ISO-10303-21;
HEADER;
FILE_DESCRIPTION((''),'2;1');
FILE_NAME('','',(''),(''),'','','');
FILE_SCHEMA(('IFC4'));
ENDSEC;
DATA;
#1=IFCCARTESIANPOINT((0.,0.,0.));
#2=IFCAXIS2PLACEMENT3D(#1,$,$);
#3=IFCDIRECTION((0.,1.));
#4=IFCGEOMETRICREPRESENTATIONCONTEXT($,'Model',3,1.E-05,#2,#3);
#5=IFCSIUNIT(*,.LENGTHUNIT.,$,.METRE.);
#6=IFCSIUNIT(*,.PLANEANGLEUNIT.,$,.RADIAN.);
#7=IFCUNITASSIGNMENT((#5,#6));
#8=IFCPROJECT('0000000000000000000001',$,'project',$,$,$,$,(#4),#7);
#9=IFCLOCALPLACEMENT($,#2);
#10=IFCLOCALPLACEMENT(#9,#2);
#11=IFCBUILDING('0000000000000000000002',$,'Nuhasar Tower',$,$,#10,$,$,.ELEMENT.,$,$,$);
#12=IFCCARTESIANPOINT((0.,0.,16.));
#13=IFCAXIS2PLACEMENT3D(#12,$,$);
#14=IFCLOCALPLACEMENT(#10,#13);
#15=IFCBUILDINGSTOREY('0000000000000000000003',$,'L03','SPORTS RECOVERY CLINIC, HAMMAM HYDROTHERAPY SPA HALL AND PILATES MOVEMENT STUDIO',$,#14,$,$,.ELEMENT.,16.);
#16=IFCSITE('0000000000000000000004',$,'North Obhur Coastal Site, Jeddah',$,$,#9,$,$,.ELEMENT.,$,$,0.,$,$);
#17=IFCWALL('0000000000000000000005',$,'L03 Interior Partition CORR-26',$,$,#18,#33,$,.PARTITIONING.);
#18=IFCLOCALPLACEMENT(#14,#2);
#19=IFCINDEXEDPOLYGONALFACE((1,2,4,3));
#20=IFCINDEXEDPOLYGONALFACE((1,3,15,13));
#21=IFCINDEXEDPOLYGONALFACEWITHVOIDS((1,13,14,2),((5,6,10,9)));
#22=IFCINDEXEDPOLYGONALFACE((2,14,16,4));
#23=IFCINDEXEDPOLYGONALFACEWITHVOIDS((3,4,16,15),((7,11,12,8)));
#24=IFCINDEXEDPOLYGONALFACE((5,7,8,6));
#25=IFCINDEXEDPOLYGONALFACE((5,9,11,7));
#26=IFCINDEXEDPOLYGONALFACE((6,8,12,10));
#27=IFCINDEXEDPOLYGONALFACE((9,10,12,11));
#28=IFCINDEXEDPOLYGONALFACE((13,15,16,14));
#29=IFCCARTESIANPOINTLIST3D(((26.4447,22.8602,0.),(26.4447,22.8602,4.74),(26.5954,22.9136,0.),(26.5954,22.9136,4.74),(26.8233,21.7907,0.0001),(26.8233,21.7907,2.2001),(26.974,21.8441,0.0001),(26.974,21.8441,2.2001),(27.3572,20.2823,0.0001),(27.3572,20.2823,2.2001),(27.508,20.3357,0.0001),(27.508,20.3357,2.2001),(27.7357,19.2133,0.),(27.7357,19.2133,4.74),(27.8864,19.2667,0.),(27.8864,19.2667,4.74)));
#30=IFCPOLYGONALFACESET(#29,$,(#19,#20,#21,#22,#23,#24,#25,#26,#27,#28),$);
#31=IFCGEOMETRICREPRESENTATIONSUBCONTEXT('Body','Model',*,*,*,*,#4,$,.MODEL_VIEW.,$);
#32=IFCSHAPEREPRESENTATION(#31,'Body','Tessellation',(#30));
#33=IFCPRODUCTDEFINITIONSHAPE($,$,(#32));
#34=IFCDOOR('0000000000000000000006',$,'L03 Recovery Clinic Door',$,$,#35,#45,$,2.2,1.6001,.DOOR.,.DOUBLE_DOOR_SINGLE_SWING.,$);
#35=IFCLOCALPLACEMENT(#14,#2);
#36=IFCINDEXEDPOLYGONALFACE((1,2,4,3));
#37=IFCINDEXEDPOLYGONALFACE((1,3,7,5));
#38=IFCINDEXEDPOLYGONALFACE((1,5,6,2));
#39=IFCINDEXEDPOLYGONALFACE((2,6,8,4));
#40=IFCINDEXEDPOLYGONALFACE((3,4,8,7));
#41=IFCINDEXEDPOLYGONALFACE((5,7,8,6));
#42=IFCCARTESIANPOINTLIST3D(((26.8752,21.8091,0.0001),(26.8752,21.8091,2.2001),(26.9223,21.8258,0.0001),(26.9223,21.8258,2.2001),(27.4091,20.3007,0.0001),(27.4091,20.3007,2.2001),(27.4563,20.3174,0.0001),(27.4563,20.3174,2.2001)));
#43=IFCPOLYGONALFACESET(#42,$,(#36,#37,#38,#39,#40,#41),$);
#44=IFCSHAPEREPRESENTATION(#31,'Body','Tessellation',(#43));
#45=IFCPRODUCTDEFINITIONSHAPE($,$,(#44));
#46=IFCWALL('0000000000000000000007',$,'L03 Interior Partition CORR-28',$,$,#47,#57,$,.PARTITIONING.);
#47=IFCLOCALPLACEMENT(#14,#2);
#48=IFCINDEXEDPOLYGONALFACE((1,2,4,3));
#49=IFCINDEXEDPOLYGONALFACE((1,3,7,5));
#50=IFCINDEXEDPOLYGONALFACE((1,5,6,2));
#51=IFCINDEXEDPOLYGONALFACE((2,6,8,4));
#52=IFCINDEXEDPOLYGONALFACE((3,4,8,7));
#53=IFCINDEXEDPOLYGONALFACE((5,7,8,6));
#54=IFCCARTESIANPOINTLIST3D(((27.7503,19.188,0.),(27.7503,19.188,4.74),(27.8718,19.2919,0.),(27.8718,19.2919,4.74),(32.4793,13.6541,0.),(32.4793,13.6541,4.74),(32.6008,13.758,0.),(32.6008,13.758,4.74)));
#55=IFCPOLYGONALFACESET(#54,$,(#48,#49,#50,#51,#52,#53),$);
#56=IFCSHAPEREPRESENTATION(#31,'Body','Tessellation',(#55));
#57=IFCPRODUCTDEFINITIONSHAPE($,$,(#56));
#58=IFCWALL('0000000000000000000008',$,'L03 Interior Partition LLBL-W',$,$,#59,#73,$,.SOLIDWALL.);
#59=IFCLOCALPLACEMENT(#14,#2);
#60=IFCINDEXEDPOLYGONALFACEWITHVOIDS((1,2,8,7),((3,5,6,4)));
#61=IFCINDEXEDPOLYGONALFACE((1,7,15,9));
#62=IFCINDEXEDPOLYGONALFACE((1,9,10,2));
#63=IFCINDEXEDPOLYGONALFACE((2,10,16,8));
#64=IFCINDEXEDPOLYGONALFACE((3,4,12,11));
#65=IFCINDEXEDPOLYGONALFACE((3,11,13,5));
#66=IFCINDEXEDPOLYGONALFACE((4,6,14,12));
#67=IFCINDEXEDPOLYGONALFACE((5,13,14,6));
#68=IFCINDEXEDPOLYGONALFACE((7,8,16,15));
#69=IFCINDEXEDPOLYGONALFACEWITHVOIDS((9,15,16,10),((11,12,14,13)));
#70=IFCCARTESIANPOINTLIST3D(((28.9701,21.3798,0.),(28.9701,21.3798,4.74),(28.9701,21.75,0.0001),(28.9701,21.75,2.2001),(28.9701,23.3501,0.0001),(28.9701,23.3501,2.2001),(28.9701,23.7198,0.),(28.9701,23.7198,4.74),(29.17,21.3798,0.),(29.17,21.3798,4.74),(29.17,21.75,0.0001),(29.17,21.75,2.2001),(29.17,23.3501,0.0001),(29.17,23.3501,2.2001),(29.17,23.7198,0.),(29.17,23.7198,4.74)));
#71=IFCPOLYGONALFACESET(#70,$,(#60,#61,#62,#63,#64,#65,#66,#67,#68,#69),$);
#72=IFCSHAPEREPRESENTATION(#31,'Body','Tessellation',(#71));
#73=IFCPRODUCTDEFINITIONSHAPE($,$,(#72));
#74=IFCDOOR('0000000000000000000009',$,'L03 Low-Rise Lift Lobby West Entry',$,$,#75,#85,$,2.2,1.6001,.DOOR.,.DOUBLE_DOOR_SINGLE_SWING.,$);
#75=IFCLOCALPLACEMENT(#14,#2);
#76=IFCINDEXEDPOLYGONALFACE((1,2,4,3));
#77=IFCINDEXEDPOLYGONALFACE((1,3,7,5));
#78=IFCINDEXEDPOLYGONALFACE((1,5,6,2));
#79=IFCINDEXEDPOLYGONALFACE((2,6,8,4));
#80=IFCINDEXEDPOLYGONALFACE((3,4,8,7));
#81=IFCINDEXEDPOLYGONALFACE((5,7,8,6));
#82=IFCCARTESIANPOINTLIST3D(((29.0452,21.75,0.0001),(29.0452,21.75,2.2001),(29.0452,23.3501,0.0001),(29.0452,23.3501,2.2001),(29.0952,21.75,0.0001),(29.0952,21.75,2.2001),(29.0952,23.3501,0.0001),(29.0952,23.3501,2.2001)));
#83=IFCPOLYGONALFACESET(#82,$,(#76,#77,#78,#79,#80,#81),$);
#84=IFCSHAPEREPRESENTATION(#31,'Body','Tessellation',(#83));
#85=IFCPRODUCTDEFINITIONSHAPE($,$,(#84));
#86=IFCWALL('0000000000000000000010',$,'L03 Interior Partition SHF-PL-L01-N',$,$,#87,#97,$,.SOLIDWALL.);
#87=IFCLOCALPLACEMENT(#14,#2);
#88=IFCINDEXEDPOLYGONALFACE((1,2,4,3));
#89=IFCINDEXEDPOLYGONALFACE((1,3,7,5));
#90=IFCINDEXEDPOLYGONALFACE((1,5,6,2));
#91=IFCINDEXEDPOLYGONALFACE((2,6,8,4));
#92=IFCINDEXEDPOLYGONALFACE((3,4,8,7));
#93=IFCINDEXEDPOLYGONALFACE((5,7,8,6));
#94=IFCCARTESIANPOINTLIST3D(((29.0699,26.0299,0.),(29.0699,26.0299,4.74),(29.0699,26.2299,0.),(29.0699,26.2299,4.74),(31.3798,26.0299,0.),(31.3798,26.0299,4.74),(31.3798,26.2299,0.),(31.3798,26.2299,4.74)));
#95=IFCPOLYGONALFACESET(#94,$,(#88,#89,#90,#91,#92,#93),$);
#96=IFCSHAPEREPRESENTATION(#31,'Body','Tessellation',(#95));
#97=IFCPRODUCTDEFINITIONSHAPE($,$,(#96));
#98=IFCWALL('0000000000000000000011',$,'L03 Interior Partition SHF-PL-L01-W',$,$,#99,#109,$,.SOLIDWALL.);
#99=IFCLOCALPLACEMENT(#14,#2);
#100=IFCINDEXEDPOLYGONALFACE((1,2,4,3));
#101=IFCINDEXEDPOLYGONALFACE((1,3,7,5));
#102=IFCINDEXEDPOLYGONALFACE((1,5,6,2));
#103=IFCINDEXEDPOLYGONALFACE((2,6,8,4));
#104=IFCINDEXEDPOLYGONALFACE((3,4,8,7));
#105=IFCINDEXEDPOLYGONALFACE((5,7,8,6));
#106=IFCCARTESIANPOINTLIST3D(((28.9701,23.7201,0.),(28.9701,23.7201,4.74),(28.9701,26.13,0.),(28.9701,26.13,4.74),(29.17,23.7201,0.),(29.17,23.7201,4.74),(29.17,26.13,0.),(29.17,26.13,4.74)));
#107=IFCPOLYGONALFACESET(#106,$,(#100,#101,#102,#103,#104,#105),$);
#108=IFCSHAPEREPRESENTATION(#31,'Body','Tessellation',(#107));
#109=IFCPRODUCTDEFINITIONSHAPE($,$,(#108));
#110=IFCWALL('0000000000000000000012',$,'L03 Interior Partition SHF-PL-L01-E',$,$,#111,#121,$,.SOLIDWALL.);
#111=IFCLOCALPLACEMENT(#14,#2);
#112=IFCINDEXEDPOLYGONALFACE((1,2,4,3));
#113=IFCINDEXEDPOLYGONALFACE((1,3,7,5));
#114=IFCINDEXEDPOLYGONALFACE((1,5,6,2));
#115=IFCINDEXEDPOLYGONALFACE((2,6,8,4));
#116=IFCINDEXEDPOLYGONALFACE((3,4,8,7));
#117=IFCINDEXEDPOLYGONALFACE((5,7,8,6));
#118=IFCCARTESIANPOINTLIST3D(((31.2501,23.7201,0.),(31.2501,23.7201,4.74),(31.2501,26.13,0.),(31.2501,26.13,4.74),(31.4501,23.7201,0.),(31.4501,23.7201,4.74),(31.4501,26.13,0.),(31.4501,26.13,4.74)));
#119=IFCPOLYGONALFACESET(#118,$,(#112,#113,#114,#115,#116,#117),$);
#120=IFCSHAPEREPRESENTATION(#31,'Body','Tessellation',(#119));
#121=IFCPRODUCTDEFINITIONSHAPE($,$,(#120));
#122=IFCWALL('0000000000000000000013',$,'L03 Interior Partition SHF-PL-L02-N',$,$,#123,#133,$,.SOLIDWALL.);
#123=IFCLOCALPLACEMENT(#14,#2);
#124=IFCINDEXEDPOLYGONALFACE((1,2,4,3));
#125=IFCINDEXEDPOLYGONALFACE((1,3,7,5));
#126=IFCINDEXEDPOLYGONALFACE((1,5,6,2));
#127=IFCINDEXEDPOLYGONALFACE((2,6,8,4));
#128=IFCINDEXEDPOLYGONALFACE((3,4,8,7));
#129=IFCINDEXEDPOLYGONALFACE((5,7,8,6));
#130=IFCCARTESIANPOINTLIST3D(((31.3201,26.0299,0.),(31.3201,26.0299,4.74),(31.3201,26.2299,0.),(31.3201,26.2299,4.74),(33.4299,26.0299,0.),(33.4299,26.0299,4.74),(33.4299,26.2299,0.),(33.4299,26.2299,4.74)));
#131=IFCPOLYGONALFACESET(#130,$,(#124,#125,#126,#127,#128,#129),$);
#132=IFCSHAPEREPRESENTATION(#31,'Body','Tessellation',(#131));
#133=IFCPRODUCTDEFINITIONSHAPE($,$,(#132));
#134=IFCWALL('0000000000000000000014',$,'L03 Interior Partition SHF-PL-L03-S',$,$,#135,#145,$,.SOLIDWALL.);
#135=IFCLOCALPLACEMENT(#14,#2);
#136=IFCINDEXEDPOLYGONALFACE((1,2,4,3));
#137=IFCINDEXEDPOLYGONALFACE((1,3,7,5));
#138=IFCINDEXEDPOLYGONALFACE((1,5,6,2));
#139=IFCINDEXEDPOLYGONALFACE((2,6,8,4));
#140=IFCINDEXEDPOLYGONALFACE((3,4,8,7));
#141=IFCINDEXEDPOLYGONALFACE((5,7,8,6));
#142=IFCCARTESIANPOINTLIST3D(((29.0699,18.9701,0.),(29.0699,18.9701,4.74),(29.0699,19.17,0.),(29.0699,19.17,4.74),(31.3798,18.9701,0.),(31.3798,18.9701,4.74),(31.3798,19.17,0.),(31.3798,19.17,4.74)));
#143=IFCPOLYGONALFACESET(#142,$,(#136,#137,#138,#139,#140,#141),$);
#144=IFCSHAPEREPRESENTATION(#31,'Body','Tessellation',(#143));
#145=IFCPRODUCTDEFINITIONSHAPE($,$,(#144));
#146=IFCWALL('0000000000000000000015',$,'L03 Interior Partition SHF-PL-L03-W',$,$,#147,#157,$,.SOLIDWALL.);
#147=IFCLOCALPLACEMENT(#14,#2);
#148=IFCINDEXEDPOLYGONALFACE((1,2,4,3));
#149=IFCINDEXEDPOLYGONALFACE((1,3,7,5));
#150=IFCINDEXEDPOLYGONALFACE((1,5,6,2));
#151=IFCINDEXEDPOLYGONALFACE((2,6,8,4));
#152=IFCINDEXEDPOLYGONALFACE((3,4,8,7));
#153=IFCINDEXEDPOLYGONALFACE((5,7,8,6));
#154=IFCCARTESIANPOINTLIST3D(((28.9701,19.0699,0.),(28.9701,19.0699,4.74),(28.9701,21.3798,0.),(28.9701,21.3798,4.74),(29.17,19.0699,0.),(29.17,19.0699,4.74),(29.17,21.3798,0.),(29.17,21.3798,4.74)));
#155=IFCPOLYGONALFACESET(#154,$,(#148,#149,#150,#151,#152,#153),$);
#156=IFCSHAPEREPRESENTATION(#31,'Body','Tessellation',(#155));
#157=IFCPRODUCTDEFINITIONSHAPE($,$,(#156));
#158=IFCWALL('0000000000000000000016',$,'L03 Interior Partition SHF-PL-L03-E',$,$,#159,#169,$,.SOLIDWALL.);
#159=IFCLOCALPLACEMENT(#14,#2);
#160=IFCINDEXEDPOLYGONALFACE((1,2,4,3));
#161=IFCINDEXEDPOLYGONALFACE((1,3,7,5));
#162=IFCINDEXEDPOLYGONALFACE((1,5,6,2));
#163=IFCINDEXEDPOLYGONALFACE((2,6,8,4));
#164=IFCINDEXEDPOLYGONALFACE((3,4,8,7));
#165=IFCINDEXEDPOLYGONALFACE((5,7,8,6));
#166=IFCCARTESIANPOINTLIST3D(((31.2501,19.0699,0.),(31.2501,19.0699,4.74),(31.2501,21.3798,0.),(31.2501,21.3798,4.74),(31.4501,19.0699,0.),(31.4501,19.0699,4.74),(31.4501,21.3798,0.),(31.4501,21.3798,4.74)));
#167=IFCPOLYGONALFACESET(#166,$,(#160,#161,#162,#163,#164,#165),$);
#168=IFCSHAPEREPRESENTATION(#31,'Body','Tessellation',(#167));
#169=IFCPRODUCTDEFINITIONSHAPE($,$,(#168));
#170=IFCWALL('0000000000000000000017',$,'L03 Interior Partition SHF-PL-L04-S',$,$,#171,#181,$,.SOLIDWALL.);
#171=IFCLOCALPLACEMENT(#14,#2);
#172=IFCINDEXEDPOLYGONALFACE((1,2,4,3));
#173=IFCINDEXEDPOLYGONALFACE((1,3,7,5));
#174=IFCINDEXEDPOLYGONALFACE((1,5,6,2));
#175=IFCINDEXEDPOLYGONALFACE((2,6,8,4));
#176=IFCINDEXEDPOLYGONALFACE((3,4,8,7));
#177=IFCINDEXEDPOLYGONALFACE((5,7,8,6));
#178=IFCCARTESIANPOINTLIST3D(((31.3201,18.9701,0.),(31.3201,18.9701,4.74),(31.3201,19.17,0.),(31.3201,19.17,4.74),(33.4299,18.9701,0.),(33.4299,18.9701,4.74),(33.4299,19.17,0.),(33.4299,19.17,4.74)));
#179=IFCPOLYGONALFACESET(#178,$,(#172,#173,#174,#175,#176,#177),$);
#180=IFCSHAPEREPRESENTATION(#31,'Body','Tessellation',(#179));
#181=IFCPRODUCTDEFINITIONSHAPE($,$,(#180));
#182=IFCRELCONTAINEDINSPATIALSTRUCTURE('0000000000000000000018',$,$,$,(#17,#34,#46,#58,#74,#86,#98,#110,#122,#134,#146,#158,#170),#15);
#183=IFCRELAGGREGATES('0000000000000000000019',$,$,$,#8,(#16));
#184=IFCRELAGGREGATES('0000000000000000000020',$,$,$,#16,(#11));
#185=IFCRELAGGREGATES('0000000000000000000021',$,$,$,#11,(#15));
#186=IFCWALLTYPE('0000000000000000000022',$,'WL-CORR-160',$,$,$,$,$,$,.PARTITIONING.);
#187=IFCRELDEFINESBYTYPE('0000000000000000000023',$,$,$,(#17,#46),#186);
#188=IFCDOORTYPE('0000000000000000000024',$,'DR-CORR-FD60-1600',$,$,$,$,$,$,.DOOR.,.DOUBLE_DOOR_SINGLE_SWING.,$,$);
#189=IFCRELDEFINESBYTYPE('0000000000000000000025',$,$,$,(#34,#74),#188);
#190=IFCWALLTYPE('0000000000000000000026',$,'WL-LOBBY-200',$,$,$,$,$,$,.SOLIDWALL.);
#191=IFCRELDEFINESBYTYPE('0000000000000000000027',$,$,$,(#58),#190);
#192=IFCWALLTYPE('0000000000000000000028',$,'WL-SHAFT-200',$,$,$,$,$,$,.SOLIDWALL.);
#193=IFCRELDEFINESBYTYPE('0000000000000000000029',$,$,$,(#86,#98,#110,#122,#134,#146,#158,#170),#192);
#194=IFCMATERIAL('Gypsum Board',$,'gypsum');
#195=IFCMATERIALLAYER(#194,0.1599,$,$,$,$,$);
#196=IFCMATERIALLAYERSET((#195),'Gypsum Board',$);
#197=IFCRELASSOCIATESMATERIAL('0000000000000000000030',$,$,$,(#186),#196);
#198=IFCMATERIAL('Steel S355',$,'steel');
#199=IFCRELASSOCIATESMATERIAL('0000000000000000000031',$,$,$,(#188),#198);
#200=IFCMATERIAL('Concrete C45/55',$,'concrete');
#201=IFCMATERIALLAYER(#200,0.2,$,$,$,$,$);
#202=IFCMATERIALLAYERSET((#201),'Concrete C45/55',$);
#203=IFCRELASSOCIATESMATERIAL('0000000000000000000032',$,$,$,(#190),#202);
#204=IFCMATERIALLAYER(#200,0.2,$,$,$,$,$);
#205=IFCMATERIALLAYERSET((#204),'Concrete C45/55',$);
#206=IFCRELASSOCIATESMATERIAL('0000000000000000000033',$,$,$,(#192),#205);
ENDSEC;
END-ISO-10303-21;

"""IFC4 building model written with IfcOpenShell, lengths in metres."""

from ifc_helpers import new_model, si_unit, direction, frame, frame_2d, origin, place, context, subcontext, project, spatial, rectangle, extrude, material, layer, layer_set, type_object, element, fill, save


model = new_model("IFC4")

# Units and contexts
model_context = context("Model", 3, precision=1e-05, world=origin(), true_north=direction((0.0, 1.0)))
body_context = subcontext(model_context, "Body", "Model", "MODEL_VIEW")
ifc_project = project(units=[si_unit("LENGTHUNIT", "METRE"), si_unit("PLANEANGLEUNIT", "RADIAN")], contexts=[model_context])

# Site, building, storey
site_placement = place(None, origin())
site = spatial("IfcSite", under=ifc_project, at=site_placement, Name="North Obhur Coastal Site, Jeddah", CompositionType="ELEMENT", RefElevation=0.0)
building_placement = place(site_placement, origin())
building = spatial("IfcBuilding", under=site, at=building_placement, Name="Nuhasar Tower", CompositionType="ELEMENT")
storey_placement = place(building_placement, frame((0.0, 0.0, 16.0)))
storey = spatial("IfcBuildingStorey", under=building, at=storey_placement, Name="L03", Description="SPORTS RECOVERY CLINIC, HAMMAM HYDROTHERAPY SPA HALL AND PILATES MOVEMENT STUDIO", CompositionType="ELEMENT", Elevation=16.0)

# Wall, opening, door
ifc_material_1 = material(Name="Gypsum Board", Category="gypsum")
ifc_layer_1 = layer(ifc_material_1, 0.1599)
ifc_layer_set_1 = layer_set([ifc_layer_1], Name="Gypsum Board")
wall_type_1 = type_object("IfcWallType", Name="WL-CORR-160", PredefinedType="PARTITIONING", material=ifc_layer_set_1)
wall_1_placement = place(storey_placement, frame((27.811, 19.24, 0.0), z_axis=(0.0, 0.0, 1.0), x_axis=(-0.333705, 0.942678, 0.0)))
wall_1 = element("IfcWall", 1, at=wall_1_placement, inside=storey, type_object=wall_type_1, Name="L03 Interior Partition CORR-26", PredefinedType="PARTITIONING", context=body_context, shape_type="SweptSolid", body=[
    extrude(rectangle(XDim=3.8687, YDim=0.1599, at=frame_2d((1.9343, 0.0))), origin(), (0.0, 0.0, 1.0), 4.74),
])
opening_1_placement = place(wall_1_placement, frame((1.134, 0.0, 0.0)))
opening_1 = element("IfcOpeningElement", 2, at=opening_1_placement, cuts=wall_1, PredefinedType="OPENING", context=body_context, shape_type="SweptSolid", body=[
    extrude(rectangle(XDim=1.6001, YDim=2.2, at=frame_2d((0.8, 1.1001))), frame((0.0, 0.0898, 0.0), z_axis=(0.0, -1.0, 0.0), x_axis=(1.0, 0.0, 0.0)), (0.0, 0.0, 1.0), 0.1799),
])
ifc_material_2 = material(Name="Steel S355", Category="steel")
door_type_1 = type_object("IfcDoorType", Name="DR-CORR-FD60-1600", OperationType="DOUBLE_DOOR_SINGLE_SWING", PredefinedType="DOOR", material=ifc_material_2)
door_1_placement = place(opening_1_placement, origin())
door_1 = element("IfcDoor", 3, at=door_1_placement, inside=storey, type_object=door_type_1, Name="L03 Recovery Clinic Door", OperationType="DOUBLE_DOOR_SINGLE_SWING", OverallHeight=2.2, OverallWidth=1.6001, PredefinedType="DOOR", context=body_context, shape_type="SweptSolid", body=[
    extrude(rectangle(XDim=1.6001, YDim=2.2, at=frame_2d((0.8, 1.1001))), frame((0.0, 0.0249, 0.0), z_axis=(0.0, -1.0, 0.0), x_axis=(1.0, 0.0, 0.0)), (0.0, 0.0, 1.0), 0.05),
])
fill(opening_1, door_1)

# Wall
wall_2_placement = place(storey_placement, frame((27.811, 19.24, 0.0), z_axis=(0.0, 0.0, 1.0), x_axis=(0.649653, -0.760231, 0.0)))
element("IfcWall", 4, at=wall_2_placement, inside=storey, type_object=wall_type_1, Name="L03 Interior Partition CORR-28", PredefinedType="PARTITIONING", context=body_context, shape_type="SweptSolid", body=[
    extrude(rectangle(XDim=7.2793, YDim=0.1599, at=frame_2d((3.6396, 0.0))), origin(), (0.0, 0.0, 1.0), 4.74),
])

# Wall, opening, door
ifc_material_3 = material(Name="Concrete C45/55", Category="concrete")
ifc_layer_2 = layer(ifc_material_3, 0.2)
ifc_layer_set_2 = layer_set([ifc_layer_2], Name="Concrete C45/55")
wall_type_2 = type_object("IfcWallType", Name="WL-LOBBY-200", PredefinedType="SOLIDWALL", material=ifc_layer_set_2)
wall_3_placement = place(storey_placement, frame((29.0701, 21.3799, 0.0), z_axis=(0.0, 0.0, 1.0), x_axis=(0.0, 1.0, 0.0)))
wall_3 = element("IfcWall", 5, at=wall_3_placement, inside=storey, type_object=wall_type_2, Name="L03 Interior Partition LLBL-W", PredefinedType="SOLIDWALL", context=body_context, shape_type="SweptSolid", body=[
    extrude(rectangle(XDim=2.3401, YDim=0.2, at=frame_2d((1.1699, 0.0))), origin(), (0.0, 0.0, 1.0), 4.74),
])
opening_2_placement = place(wall_3_placement, frame((0.3701, 0.0, 0.0)))
opening_2 = element("IfcOpeningElement", 6, at=opening_2_placement, cuts=wall_3, PredefinedType="OPENING", context=body_context, shape_type="SweptSolid", body=[
    extrude(rectangle(XDim=1.6001, YDim=2.2, at=frame_2d((0.8, 1.1001))), frame((0.0, 0.1099, 0.0), z_axis=(0.0, -1.0, 0.0), x_axis=(1.0, 0.0, 0.0)), (0.0, 0.0, 1.0), 0.22),
])
door_2_placement = place(opening_2_placement, origin())
door_2 = element("IfcDoor", 7, at=door_2_placement, inside=storey, type_object=door_type_1, Name="L03 Low-Rise Lift Lobby West Entry", OperationType="DOUBLE_DOOR_SINGLE_SWING", OverallHeight=2.2, OverallWidth=1.6001, PredefinedType="DOOR", context=body_context, shape_type="SweptSolid", body=[
    extrude(rectangle(XDim=1.6001, YDim=2.2, at=frame_2d((0.8, 1.1001))), frame((0.0, 0.0249, 0.0), z_axis=(0.0, -1.0, 0.0), x_axis=(1.0, 0.0, 0.0)), (0.0, 0.0, 1.0), 0.05),
])
fill(opening_2, door_2)
ifc_layer_3 = layer(ifc_material_3, 0.2)
ifc_layer_set_3 = layer_set([ifc_layer_3], Name="Concrete C45/55")
wall_type_3 = type_object("IfcWallType", Name="WL-SHAFT-200", PredefinedType="SOLIDWALL", material=ifc_layer_set_3)

# Walls
wall_4_placement = place(storey_placement, frame((29.0701, 26.1299, 0.0), z_axis=(0.0, 0.0, 1.0), x_axis=(1.0, 0.0, 0.0)))
element("IfcWall", 8, at=wall_4_placement, inside=storey, type_object=wall_type_3, Name="L03 Interior Partition SHF-PL-L01-N", PredefinedType="SOLIDWALL", context=body_context, shape_type="SweptSolid", body=[
    extrude(rectangle(XDim=2.3098, YDim=0.2, at=frame_2d((1.1548, 0.0))), origin(), (0.0, 0.0, 1.0), 4.74),
])
for number, where, z_axis, x_axis, name in (
    (9, (29.0701, 23.72, 0.0), (0.0, 0.0, 1.0), (0.0, 1.0, 0.0), "L03 Interior Partition SHF-PL-L01-W"),
    (10, (31.3501, 23.72, 0.0), (0.0, 0.0, 1.0), (0.0, 1.0, 0.0), "L03 Interior Partition SHF-PL-L01-E"),
):
    element("IfcWall", number, at=place(storey_placement, frame(where, z_axis=z_axis, x_axis=x_axis)), inside=storey, type_object=wall_type_3, Name=name, PredefinedType="SOLIDWALL", context=body_context, shape_type="SweptSolid", body=[
        extrude(rectangle(XDim=2.4099, YDim=0.2, at=frame_2d((1.2051, 0.0))), origin(), (0.0, 0.0, 1.0), 4.74),
    ])

# Walls
wall_5_placement = place(storey_placement, frame((31.3201, 26.1299, 0.0), z_axis=(0.0, 0.0, 1.0), x_axis=(1.0, 0.0, 0.0)))
element("IfcWall", 11, at=wall_5_placement, inside=storey, type_object=wall_type_3, Name="L03 Interior Partition SHF-PL-L02-N", PredefinedType="SOLIDWALL", context=body_context, shape_type="SweptSolid", body=[
    extrude(rectangle(XDim=2.1099, YDim=0.2, at=frame_2d((1.0549, 0.0))), origin(), (0.0, 0.0, 1.0), 4.74),
])
wall_6_placement = place(storey_placement, frame((29.0701, 19.0701, 0.0), z_axis=(0.0, 0.0, 1.0), x_axis=(1.0, 0.0, 0.0)))
element("IfcWall", 12, at=wall_6_placement, inside=storey, type_object=wall_type_3, Name="L03 Interior Partition SHF-PL-L03-S", PredefinedType="SOLIDWALL", context=body_context, shape_type="SweptSolid", body=[
    extrude(rectangle(XDim=2.3098, YDim=0.2, at=frame_2d((1.1548, 0.0))), origin(), (0.0, 0.0, 1.0), 4.74),
])

# Walls
for number, where, z_axis, x_axis, name in (
    (13, (29.0701, 19.0701, 0.0), (0.0, 0.0, 1.0), (0.0, 1.0, 0.0), "L03 Interior Partition SHF-PL-L03-W"),
    (14, (31.3501, 19.0701, 0.0), (0.0, 0.0, 1.0), (0.0, 1.0, 0.0), "L03 Interior Partition SHF-PL-L03-E"),
):
    element("IfcWall", number, at=place(storey_placement, frame(where, z_axis=z_axis, x_axis=x_axis)), inside=storey, type_object=wall_type_3, Name=name, PredefinedType="SOLIDWALL", context=body_context, shape_type="SweptSolid", body=[
        extrude(rectangle(XDim=2.3098, YDim=0.2, at=frame_2d((1.1548, 0.0))), origin(), (0.0, 0.0, 1.0), 4.74),
    ])
wall_7_placement = place(storey_placement, frame((31.3201, 19.0701, 0.0), z_axis=(0.0, 0.0, 1.0), x_axis=(1.0, 0.0, 0.0)))
element("IfcWall", 15, at=wall_7_placement, inside=storey, type_object=wall_type_3, Name="L03 Interior Partition SHF-PL-L04-S", PredefinedType="SOLIDWALL", context=body_context, shape_type="SweptSolid", body=[
    extrude(rectangle(XDim=2.1099, YDim=0.2, at=frame_2d((1.0549, 0.0))), origin(), (0.0, 0.0, 1.0), 4.74),
])

save(model, "model.ifc")
